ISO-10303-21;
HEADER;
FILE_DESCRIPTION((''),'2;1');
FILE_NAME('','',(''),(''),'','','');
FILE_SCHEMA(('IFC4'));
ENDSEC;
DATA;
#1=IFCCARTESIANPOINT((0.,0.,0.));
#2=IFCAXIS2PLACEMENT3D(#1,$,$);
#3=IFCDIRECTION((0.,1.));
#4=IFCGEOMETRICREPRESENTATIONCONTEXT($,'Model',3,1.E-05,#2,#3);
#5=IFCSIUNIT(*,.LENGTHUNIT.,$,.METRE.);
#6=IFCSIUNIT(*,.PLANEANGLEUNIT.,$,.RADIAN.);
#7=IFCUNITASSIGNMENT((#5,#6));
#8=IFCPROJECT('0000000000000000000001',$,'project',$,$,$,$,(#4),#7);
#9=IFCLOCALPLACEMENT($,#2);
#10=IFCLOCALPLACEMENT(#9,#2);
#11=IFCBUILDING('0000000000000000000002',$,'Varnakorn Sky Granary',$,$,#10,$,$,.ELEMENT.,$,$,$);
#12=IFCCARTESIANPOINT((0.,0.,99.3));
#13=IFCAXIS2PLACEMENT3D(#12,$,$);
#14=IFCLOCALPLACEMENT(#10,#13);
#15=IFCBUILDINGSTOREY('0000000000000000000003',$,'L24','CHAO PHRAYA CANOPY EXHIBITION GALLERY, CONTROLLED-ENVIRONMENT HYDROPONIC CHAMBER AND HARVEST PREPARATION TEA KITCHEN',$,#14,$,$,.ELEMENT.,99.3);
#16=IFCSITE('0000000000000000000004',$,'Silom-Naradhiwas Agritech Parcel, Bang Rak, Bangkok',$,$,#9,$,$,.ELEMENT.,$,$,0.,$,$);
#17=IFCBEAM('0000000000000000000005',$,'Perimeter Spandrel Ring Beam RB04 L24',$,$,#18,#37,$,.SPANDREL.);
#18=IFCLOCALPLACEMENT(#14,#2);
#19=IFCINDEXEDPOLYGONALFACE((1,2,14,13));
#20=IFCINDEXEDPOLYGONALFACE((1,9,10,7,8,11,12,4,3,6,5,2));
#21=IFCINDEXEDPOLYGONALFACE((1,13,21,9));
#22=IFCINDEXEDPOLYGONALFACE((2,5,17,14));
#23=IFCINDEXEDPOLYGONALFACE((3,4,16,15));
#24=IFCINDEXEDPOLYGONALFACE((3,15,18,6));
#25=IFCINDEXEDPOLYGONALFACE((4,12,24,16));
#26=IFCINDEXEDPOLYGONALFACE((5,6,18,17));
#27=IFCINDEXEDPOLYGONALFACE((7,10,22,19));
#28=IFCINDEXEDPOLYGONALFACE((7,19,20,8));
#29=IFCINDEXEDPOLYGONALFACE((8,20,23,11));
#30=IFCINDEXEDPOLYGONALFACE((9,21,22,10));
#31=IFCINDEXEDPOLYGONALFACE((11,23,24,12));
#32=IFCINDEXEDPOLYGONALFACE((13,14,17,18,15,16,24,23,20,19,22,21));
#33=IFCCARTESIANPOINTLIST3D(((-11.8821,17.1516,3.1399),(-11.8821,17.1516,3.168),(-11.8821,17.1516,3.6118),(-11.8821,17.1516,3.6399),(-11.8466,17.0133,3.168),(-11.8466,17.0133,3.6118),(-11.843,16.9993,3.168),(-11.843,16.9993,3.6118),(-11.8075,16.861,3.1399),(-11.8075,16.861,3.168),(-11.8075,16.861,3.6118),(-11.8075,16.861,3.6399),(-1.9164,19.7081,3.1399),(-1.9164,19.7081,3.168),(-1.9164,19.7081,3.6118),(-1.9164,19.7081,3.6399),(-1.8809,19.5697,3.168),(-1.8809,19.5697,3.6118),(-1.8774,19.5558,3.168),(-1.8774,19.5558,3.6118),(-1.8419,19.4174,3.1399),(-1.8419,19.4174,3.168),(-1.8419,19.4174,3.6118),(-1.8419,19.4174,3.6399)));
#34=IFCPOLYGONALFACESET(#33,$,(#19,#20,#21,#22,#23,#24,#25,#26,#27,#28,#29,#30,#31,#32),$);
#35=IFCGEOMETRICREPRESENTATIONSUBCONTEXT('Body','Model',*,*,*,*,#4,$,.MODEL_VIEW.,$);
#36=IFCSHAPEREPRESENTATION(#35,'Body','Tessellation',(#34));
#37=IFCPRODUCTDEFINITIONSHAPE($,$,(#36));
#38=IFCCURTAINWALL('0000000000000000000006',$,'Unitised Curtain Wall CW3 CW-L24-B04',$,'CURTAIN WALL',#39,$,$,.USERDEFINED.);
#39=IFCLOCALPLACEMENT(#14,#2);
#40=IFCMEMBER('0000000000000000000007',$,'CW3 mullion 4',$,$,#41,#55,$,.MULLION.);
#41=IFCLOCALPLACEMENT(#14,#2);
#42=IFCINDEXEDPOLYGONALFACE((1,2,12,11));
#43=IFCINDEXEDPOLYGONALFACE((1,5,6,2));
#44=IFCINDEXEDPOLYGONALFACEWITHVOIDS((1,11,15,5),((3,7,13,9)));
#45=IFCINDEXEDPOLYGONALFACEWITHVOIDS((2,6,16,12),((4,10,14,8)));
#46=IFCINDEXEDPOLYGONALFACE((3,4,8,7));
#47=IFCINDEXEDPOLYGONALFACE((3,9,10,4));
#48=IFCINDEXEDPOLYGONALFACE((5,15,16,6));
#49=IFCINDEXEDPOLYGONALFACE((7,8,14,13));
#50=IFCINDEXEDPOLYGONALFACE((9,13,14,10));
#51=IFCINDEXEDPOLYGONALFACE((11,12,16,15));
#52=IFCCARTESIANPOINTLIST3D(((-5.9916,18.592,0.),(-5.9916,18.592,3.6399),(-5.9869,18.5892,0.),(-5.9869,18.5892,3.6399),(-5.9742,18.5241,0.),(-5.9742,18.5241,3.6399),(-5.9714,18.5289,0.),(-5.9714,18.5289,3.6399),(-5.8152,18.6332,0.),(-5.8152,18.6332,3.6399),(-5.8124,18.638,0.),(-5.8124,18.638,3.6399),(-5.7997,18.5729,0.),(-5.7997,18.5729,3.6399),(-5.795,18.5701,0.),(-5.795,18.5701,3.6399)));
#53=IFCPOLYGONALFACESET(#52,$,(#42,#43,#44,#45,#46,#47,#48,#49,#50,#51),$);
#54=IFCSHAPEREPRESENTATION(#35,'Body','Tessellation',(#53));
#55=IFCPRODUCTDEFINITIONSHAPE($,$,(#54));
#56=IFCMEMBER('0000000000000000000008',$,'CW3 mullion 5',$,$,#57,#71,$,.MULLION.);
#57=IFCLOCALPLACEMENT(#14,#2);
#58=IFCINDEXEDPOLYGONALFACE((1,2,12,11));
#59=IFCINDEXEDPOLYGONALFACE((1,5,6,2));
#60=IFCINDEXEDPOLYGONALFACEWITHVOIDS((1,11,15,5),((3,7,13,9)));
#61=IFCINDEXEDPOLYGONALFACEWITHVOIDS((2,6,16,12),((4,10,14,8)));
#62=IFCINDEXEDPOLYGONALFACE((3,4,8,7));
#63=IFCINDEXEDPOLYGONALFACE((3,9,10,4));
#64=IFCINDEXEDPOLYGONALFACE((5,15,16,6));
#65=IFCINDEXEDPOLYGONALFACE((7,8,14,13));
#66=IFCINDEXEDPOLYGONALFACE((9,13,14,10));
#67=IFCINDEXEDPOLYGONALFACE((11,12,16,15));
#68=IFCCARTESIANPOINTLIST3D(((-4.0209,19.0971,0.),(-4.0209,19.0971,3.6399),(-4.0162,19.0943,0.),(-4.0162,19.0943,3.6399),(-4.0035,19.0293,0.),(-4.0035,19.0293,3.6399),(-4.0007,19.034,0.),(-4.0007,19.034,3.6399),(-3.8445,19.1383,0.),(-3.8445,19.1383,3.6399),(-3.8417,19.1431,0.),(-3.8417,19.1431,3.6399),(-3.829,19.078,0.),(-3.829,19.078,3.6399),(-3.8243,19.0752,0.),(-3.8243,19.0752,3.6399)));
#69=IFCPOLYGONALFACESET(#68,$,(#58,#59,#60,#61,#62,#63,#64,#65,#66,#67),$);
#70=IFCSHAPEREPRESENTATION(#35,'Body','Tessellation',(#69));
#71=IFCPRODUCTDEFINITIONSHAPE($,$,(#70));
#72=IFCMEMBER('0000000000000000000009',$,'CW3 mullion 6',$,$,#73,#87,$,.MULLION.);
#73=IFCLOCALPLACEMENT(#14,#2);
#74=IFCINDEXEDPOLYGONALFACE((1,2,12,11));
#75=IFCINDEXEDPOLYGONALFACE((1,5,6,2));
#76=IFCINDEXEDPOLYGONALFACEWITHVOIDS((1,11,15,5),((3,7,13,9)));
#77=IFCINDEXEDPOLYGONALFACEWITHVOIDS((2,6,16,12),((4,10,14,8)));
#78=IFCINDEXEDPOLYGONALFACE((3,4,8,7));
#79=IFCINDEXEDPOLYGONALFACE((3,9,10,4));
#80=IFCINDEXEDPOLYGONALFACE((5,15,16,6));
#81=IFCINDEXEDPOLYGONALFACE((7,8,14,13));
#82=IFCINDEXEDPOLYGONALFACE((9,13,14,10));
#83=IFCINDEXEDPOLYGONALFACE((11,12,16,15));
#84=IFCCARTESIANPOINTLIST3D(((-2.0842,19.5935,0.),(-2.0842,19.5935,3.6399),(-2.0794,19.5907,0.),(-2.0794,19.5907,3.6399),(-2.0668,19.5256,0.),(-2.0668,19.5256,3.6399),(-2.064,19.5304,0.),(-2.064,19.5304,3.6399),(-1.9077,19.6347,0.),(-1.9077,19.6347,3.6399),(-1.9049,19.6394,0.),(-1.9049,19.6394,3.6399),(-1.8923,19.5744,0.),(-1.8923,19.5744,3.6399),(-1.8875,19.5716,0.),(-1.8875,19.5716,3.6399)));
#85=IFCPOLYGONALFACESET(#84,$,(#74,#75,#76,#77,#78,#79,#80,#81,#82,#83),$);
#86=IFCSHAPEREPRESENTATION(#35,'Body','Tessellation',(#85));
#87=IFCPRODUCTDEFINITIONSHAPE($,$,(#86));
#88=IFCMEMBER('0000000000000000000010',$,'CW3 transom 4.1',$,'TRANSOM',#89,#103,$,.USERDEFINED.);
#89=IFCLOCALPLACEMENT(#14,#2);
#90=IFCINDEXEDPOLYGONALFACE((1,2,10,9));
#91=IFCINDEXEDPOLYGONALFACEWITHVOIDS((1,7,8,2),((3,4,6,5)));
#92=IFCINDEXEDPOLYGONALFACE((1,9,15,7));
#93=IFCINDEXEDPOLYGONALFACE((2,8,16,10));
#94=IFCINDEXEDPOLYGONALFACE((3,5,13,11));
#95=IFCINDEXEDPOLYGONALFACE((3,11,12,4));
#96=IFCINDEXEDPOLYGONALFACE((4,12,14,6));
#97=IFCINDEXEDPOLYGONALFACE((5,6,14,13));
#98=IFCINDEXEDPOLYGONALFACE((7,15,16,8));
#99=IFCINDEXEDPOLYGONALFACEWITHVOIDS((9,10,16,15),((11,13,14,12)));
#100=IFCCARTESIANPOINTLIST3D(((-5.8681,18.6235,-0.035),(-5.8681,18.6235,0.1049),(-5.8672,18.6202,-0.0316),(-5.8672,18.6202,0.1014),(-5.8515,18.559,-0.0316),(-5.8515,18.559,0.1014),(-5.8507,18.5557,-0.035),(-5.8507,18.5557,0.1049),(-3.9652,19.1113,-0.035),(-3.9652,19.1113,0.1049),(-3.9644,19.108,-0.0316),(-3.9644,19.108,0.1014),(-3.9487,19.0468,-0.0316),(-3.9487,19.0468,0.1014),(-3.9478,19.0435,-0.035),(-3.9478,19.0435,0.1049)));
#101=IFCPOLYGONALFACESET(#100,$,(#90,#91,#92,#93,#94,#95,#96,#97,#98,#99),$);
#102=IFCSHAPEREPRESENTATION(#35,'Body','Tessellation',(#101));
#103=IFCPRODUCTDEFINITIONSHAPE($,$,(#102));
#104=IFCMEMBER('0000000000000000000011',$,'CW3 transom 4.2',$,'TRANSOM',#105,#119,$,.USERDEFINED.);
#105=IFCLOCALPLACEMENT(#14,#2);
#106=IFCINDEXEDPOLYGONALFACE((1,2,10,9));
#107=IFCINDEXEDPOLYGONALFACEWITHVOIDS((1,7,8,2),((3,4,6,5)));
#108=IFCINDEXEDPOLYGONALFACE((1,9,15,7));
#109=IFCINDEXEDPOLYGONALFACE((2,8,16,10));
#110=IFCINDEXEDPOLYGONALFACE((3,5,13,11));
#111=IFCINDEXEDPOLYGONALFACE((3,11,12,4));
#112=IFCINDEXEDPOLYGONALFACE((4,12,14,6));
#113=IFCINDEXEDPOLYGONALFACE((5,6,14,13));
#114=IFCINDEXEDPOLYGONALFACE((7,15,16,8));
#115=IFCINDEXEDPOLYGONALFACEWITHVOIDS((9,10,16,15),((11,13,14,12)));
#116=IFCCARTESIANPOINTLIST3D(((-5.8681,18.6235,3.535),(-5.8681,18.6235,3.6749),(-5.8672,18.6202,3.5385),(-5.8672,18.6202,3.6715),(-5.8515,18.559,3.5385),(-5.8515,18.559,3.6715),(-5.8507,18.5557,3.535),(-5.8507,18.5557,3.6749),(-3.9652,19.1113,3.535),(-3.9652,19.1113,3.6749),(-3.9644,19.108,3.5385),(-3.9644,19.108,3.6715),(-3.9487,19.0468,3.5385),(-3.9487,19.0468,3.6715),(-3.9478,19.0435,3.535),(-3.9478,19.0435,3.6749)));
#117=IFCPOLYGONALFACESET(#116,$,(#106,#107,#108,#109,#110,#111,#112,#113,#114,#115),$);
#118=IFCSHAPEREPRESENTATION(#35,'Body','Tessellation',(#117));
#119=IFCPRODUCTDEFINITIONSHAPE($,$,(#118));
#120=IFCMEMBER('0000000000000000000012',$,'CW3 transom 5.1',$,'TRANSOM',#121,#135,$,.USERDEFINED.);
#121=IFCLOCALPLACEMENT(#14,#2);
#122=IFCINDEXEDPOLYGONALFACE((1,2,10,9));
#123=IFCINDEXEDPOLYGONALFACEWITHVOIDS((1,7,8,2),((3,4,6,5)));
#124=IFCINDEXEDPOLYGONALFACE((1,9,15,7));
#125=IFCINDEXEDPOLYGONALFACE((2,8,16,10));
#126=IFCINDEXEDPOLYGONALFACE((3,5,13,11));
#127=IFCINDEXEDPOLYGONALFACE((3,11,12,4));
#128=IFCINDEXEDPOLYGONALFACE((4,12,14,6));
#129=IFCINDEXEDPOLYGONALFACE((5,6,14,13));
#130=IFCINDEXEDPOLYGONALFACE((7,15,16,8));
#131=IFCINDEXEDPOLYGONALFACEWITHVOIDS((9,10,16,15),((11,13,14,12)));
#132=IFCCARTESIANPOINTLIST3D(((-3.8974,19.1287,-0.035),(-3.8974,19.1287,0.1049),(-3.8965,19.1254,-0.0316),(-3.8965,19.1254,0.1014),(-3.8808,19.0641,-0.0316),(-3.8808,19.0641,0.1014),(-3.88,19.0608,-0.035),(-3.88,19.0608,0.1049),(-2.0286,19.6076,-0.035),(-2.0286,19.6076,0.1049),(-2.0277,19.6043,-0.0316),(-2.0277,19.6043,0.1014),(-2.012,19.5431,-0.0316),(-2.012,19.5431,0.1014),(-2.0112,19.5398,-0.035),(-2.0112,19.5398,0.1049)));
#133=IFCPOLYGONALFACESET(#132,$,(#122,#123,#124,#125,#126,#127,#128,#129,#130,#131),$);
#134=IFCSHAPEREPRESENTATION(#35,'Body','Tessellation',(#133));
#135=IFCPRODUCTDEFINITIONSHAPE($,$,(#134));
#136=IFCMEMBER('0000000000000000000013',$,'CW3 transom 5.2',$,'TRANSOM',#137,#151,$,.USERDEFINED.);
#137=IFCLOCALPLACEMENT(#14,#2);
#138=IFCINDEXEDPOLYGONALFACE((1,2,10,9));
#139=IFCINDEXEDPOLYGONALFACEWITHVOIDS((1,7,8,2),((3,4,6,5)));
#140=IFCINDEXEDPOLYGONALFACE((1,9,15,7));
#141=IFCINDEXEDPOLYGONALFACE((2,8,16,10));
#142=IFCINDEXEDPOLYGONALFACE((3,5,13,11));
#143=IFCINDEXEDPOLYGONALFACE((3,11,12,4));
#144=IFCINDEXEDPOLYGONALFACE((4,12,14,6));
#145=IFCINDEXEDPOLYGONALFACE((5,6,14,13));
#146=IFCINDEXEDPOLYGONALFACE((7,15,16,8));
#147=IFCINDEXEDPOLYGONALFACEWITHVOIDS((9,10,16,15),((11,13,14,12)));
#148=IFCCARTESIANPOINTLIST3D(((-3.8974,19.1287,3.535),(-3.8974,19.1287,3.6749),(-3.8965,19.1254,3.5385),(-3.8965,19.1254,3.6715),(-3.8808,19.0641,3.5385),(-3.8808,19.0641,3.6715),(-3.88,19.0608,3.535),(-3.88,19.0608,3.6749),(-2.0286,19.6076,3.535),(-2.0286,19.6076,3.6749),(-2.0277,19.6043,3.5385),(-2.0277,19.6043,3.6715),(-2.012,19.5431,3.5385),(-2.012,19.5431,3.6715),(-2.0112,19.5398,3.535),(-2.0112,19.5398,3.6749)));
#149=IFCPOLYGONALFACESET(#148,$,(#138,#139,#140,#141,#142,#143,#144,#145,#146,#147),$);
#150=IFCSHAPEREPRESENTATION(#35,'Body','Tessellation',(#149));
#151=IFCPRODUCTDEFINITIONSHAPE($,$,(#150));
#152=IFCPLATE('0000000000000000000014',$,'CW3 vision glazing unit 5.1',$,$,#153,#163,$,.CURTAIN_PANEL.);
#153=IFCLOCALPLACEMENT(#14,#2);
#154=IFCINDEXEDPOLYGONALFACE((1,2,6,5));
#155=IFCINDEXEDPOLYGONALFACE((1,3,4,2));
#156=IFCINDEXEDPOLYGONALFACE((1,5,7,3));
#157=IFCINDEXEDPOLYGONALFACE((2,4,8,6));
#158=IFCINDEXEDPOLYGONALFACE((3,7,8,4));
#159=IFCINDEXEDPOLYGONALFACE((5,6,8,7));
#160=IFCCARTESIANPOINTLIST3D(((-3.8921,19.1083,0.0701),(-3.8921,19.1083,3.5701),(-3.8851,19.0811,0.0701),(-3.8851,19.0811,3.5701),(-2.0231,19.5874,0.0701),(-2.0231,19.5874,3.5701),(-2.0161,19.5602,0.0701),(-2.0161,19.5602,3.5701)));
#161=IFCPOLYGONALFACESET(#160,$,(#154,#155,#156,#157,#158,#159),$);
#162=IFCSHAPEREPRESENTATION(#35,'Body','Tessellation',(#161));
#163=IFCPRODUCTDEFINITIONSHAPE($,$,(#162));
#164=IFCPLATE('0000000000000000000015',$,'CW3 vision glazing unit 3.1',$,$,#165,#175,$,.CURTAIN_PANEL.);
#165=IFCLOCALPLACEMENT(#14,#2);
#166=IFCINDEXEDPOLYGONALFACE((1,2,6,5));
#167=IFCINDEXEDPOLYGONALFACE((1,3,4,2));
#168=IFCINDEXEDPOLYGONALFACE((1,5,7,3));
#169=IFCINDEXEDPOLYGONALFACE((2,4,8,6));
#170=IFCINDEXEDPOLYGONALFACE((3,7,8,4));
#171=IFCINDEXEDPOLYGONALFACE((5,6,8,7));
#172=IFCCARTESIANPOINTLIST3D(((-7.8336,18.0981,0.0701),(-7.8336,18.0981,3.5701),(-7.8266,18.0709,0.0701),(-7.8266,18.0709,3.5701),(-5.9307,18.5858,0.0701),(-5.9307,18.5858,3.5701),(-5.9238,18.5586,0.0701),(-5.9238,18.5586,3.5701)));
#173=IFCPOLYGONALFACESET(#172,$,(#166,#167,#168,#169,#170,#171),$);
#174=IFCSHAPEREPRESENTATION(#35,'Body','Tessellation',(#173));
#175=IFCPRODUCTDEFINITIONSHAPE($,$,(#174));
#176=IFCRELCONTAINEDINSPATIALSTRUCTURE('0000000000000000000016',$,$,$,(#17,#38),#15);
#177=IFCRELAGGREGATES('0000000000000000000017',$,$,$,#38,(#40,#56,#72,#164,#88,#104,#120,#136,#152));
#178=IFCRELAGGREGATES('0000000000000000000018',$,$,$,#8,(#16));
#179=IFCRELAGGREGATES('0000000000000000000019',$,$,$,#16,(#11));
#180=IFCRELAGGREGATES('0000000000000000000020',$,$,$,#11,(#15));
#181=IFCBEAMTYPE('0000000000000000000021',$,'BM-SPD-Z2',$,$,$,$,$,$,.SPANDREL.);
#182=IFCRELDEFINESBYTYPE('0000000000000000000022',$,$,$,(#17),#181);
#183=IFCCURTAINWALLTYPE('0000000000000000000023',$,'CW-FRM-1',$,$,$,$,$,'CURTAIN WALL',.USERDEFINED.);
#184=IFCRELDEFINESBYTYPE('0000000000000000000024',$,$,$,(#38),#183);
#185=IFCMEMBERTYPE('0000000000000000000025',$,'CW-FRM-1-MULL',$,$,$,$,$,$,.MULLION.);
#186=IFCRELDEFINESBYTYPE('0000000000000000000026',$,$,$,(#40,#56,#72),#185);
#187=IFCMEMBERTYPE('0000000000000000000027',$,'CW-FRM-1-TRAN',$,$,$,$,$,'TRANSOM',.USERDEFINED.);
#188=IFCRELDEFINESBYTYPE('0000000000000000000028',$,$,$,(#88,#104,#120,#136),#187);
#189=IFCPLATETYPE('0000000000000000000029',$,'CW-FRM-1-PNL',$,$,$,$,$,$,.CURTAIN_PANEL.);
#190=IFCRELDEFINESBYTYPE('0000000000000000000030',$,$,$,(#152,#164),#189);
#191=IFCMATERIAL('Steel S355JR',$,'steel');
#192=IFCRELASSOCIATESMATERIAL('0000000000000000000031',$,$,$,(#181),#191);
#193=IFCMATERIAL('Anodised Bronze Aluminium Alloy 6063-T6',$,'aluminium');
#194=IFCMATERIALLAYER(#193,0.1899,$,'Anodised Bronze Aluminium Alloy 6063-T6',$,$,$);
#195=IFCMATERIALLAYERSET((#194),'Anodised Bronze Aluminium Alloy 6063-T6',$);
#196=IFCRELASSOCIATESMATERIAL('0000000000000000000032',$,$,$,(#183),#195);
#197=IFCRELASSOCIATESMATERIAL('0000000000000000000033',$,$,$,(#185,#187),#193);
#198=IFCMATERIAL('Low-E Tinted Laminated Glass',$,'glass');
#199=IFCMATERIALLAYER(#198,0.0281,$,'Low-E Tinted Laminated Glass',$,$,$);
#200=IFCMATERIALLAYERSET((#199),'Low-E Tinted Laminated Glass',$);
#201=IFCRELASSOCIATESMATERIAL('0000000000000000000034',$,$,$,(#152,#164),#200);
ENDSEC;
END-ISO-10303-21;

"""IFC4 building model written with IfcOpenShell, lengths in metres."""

from ifc_helpers import new_model, si_unit, direction, frame, origin, origin_2d, place, context, subcontext, project, spatial, rectangle, hollow_rectangle, i_section, extrude, source, transform, mapped, material, layer, layer_set, material_profile, profile_set, type_object, type_shapes, element, aggregate, save


model = new_model("IFC4")

# Units and contexts
model_context = context("Model", 3, precision=1e-05, world=origin(), true_north=direction((0.0, 1.0)))
body_context = subcontext(model_context, "Body", "Model", "MODEL_VIEW")
ifc_project = project(units=[si_unit("LENGTHUNIT", "METRE"), si_unit("PLANEANGLEUNIT", "RADIAN")], contexts=[model_context])

# Site, building, storey
site_placement = place(None, origin())
site = spatial("IfcSite", under=ifc_project, at=site_placement, Name="Silom-Naradhiwas Agritech Parcel, Bang Rak, Bangkok", CompositionType="ELEMENT", RefElevation=0.0)
building_placement = place(site_placement, origin())
building = spatial("IfcBuilding", under=site, at=building_placement, Name="Varnakorn Sky Granary", CompositionType="ELEMENT")
storey_placement = place(building_placement, frame((0.0, 0.0, 99.3)))
storey = spatial("IfcBuildingStorey", under=building, at=storey_placement, Name="L24", Description="CHAO PHRAYA CANOPY EXHIBITION GALLERY, CONTROLLED-ENVIRONMENT HYDROPONIC CHAMBER AND HARVEST PREPARATION TEA KITCHEN", CompositionType="ELEMENT", Elevation=99.3)

# Beam
ifc_material_1 = material(Name="Steel S355JR", Category="steel")
ifc_material_profile_1 = material_profile(ifc_material_1, i_section(OverallWidth=0.3, OverallDepth=0.5, WebThickness=0.0144, FlangeThickness=0.0281, at=origin_2d()), Name="HE 500 B")
ifc_profile_set_1 = profile_set([ifc_material_profile_1], Name="Steel S355JR")
beam_type_1 = type_object("IfcBeamType", Name="BM-SPD-Z2", PredefinedType="SPANDREL", material=ifc_profile_set_1)
beam_1_placement = place(storey_placement, frame((-1.8792, 19.5627, 3.3899), z_axis=(-0.968638, -0.248478, 0.0), x_axis=(0.248478, -0.968638, 0.0)))
element("IfcBeam", 1, at=beam_1_placement, inside=storey, type_object=beam_type_1, Name="Perimeter Spandrel Ring Beam RB04 L24", PredefinedType="SPANDREL", context=body_context, shape_type="SweptSolid", body=[
    extrude(i_section(OverallWidth=0.3, OverallDepth=0.5, WebThickness=0.0144, FlangeThickness=0.0281, at=origin_2d()), origin(), (0.0, 0.0, 1.0), 10.2883),
])

# Curtain wall, members, plates
ifc_material_2 = material(Name="Anodised Bronze Aluminium Alloy 6063-T6", Category="aluminium")
ifc_layer_1 = layer(ifc_material_2, 0.1899, Name="Anodised Bronze Aluminium Alloy 6063-T6")
ifc_layer_set_1 = layer_set([ifc_layer_1], Name="Anodised Bronze Aluminium Alloy 6063-T6")
curtain_wall_type = type_object("IfcCurtainWallType", Name="CW-FRM-1", ElementType="CURTAIN WALL", PredefinedType="USERDEFINED", material=ifc_layer_set_1)
curtain_wall_placement = place(storey_placement, origin())
curtain_wall = element("IfcCurtainWall", 2, at=curtain_wall_placement, inside=storey, type_object=curtain_wall_type, Name="Unitised Curtain Wall CW3 CW-L24-B04", ObjectType="CURTAIN WALL", PredefinedType="USERDEFINED")
ifc_material_profile_2 = material_profile(ifc_material_2, hollow_rectangle(XDim=0.0701, YDim=0.1851, WallThickness=0.0039, at=origin_2d()), Name="ALU MULL 70x185")
ifc_profile_set_2 = profile_set([ifc_material_profile_2], Name="Anodised Bronze Aluminium Alloy 6063-T6")
member_type_1 = type_object("IfcMemberType", Name="CW-FRM-1-MULL", PredefinedType="MULLION", material=ifc_profile_set_2)
member_1_placement = place(storey_placement, frame((-5.8933, 18.5811, 0.0), z_axis=(0.0, 0.0, 1.0), x_axis=(-0.248284, 0.968687, 0.0)))
member_1 = element("IfcMember", 3, at=member_1_placement, type_object=member_type_1, Name="CW3 mullion 4", PredefinedType="MULLION", context=body_context, shape_type="SweptSolid", body=[
    extrude(hollow_rectangle(XDim=0.0701, YDim=0.1851, WallThickness=0.0039, at=origin_2d()), origin(), (0.0, 0.0, 1.0), 3.6399),
])
member_2_placement = place(storey_placement, frame((-3.9226, 19.0862, 0.0), z_axis=(0.0, 0.0, 1.0), x_axis=(-0.248284, 0.968687, 0.0)))
member_2 = element("IfcMember", 4, at=member_2_placement, type_object=member_type_1, Name="CW3 mullion 5", PredefinedType="MULLION", context=body_context, shape_type="SweptSolid", body=[
    extrude(hollow_rectangle(XDim=0.0701, YDim=0.1851, WallThickness=0.0039, at=origin_2d()), origin(), (0.0, 0.0, 1.0), 3.6399),
])
member_3_placement = place(storey_placement, frame((-1.9858, 19.5825, 0.0), z_axis=(0.0, 0.0, 1.0), x_axis=(-0.248284, 0.968687, 0.0)))
member_3 = element("IfcMember", 5, at=member_3_placement, type_object=member_type_1, Name="CW3 mullion 6", PredefinedType="MULLION", context=body_context, shape_type="SweptSolid", body=[
    extrude(hollow_rectangle(XDim=0.0701, YDim=0.1851, WallThickness=0.0039, at=origin_2d()), origin(), (0.0, 0.0, 1.0), 3.6399),
])
ifc_material_profile_3 = material_profile(ifc_material_2, hollow_rectangle(XDim=0.0701, YDim=0.1399, WallThickness=0.0034, at=origin_2d()), Name="ALU TRAN 70x140")
ifc_profile_set_3 = profile_set([ifc_material_profile_3], Name="Anodised Bronze Aluminium Alloy 6063-T6")
member_type_2 = type_object("IfcMemberType", Name="CW-FRM-1-TRAN", ElementType="TRANSOM", PredefinedType="USERDEFINED", material=ifc_profile_set_3)
member_4_placement = place(storey_placement, frame((-5.8594, 18.5896, 0.0349), z_axis=(0.968678, 0.248322, 0.0), x_axis=(-0.248322, 0.968678, 0.0)))
member_4 = element("IfcMember", 6, at=member_4_placement, type_object=member_type_2, Name="CW3 transom 4.1", ObjectType="TRANSOM", PredefinedType="USERDEFINED", context=body_context, shape_type="SweptSolid", body=[
    extrude(hollow_rectangle(XDim=0.0701, YDim=0.1399, WallThickness=0.0034, at=origin_2d()), origin(), (0.0, 0.0, 1.0), 1.9644),
])
member_5_placement = place(storey_placement, frame((-5.8594, 18.5896, 3.605), z_axis=(0.968678, 0.248322, 0.0), x_axis=(-0.248322, 0.968678, 0.0)))
member_5 = element("IfcMember", 7, at=member_5_placement, type_object=member_type_2, Name="CW3 transom 4.2", ObjectType="TRANSOM", PredefinedType="USERDEFINED", context=body_context, shape_type="SweptSolid", body=[
    extrude(hollow_rectangle(XDim=0.0701, YDim=0.1399, WallThickness=0.0034, at=origin_2d()), origin(), (0.0, 0.0, 1.0), 1.9644),
])
member_6_placement = place(storey_placement, frame((-3.8887, 19.0947, 0.0349), z_axis=(0.968689, 0.248278, 0.0), x_axis=(-0.248278, 0.968689, 0.0)))
member_6 = element("IfcMember", 8, at=member_6_placement, type_object=member_type_2, Name="CW3 transom 5.1", ObjectType="TRANSOM", PredefinedType="USERDEFINED", context=body_context, shape_type="SweptSolid", body=[
    extrude(hollow_rectangle(XDim=0.0701, YDim=0.1399, WallThickness=0.0034, at=origin_2d()), origin(), (0.0, 0.0, 1.0), 1.9292),
])
member_7_placement = place(storey_placement, frame((-3.8887, 19.0947, 3.605), z_axis=(0.968689, 0.248278, 0.0), x_axis=(-0.248278, 0.968689, 0.0)))
member_7 = element("IfcMember", 9, at=member_7_placement, type_object=member_type_2, Name="CW3 transom 5.2", ObjectType="TRANSOM", PredefinedType="USERDEFINED", context=body_context, shape_type="SweptSolid", body=[
    extrude(hollow_rectangle(XDim=0.0701, YDim=0.1399, WallThickness=0.0034, at=origin_2d()), origin(), (0.0, 0.0, 1.0), 1.9292),
])
ifc_material_3 = material(Name="Low-E Tinted Laminated Glass", Category="glass")
ifc_layer_2 = layer(ifc_material_3, 0.0281, Name="Low-E Tinted Laminated Glass")
ifc_layer_set_2 = layer_set([ifc_layer_2], Name="Low-E Tinted Laminated Glass")
plate_type = type_object("IfcPlateType", Name="CW-FRM-1-PNL", PredefinedType="CURTAIN_PANEL")
shared_shape_1 = source(origin(), body_context, "Body", "SweptSolid", [
    extrude(rectangle(XDim=1.9294, YDim=0.0281, at=origin_2d()), origin(), (0.0, 0.0, 1.0), 3.5),
])
plate_1_placement = place(storey_placement, frame((-2.9541, 19.3342, 0.0701), z_axis=(0.0, 0.0, 1.0), x_axis=(0.968687, 0.248284, 0.0)))
plate_1 = element("IfcPlate", 10, at=plate_1_placement, type_object=plate_type, material=ifc_layer_set_2, Name="CW3 vision glazing unit 5.1", PredefinedType="CURTAIN_PANEL", context=body_context, shape_type="MappedRepresentation", body=[
    mapped(shared_shape_1, transform((0.0, 0.0, 0.0), x_axis=(1.0, 0.0, 0.0), y_axis=(0.0, 1.0, 0.0), z_axis=(0.0, 0.0, 1.0), scale=1.0)),
])
shared_shape_2 = source(origin(), body_context, "Body", "SweptSolid", [
    extrude(rectangle(XDim=1.9644, YDim=0.0281, at=origin_2d()), origin(), (0.0, 0.0, 1.0), 3.5),
])
type_shapes(plate_type, [shared_shape_1, shared_shape_2])
plate_2_placement = place(storey_placement, frame((-6.8787, 18.3284, 0.0701), z_axis=(0.0, 0.0, 1.0), x_axis=(0.968687, 0.248284, 0.0)))
plate_2 = element("IfcPlate", 11, at=plate_2_placement, type_object=plate_type, material=ifc_layer_set_2, Name="CW3 vision glazing unit 3.1", PredefinedType="CURTAIN_PANEL", context=body_context, shape_type="MappedRepresentation", body=[
    mapped(shared_shape_2, transform((0.0, 0.0, 0.0), x_axis=(1.0, 0.0, 0.0), y_axis=(0.0, 1.0, 0.0), z_axis=(0.0, 0.0, 1.0), scale=1.0)),
])
aggregate(curtain_wall, [member_1, member_2, member_3, plate_2, member_4, member_5, member_6, member_7, plate_1])

save(model, "model.ifc")
